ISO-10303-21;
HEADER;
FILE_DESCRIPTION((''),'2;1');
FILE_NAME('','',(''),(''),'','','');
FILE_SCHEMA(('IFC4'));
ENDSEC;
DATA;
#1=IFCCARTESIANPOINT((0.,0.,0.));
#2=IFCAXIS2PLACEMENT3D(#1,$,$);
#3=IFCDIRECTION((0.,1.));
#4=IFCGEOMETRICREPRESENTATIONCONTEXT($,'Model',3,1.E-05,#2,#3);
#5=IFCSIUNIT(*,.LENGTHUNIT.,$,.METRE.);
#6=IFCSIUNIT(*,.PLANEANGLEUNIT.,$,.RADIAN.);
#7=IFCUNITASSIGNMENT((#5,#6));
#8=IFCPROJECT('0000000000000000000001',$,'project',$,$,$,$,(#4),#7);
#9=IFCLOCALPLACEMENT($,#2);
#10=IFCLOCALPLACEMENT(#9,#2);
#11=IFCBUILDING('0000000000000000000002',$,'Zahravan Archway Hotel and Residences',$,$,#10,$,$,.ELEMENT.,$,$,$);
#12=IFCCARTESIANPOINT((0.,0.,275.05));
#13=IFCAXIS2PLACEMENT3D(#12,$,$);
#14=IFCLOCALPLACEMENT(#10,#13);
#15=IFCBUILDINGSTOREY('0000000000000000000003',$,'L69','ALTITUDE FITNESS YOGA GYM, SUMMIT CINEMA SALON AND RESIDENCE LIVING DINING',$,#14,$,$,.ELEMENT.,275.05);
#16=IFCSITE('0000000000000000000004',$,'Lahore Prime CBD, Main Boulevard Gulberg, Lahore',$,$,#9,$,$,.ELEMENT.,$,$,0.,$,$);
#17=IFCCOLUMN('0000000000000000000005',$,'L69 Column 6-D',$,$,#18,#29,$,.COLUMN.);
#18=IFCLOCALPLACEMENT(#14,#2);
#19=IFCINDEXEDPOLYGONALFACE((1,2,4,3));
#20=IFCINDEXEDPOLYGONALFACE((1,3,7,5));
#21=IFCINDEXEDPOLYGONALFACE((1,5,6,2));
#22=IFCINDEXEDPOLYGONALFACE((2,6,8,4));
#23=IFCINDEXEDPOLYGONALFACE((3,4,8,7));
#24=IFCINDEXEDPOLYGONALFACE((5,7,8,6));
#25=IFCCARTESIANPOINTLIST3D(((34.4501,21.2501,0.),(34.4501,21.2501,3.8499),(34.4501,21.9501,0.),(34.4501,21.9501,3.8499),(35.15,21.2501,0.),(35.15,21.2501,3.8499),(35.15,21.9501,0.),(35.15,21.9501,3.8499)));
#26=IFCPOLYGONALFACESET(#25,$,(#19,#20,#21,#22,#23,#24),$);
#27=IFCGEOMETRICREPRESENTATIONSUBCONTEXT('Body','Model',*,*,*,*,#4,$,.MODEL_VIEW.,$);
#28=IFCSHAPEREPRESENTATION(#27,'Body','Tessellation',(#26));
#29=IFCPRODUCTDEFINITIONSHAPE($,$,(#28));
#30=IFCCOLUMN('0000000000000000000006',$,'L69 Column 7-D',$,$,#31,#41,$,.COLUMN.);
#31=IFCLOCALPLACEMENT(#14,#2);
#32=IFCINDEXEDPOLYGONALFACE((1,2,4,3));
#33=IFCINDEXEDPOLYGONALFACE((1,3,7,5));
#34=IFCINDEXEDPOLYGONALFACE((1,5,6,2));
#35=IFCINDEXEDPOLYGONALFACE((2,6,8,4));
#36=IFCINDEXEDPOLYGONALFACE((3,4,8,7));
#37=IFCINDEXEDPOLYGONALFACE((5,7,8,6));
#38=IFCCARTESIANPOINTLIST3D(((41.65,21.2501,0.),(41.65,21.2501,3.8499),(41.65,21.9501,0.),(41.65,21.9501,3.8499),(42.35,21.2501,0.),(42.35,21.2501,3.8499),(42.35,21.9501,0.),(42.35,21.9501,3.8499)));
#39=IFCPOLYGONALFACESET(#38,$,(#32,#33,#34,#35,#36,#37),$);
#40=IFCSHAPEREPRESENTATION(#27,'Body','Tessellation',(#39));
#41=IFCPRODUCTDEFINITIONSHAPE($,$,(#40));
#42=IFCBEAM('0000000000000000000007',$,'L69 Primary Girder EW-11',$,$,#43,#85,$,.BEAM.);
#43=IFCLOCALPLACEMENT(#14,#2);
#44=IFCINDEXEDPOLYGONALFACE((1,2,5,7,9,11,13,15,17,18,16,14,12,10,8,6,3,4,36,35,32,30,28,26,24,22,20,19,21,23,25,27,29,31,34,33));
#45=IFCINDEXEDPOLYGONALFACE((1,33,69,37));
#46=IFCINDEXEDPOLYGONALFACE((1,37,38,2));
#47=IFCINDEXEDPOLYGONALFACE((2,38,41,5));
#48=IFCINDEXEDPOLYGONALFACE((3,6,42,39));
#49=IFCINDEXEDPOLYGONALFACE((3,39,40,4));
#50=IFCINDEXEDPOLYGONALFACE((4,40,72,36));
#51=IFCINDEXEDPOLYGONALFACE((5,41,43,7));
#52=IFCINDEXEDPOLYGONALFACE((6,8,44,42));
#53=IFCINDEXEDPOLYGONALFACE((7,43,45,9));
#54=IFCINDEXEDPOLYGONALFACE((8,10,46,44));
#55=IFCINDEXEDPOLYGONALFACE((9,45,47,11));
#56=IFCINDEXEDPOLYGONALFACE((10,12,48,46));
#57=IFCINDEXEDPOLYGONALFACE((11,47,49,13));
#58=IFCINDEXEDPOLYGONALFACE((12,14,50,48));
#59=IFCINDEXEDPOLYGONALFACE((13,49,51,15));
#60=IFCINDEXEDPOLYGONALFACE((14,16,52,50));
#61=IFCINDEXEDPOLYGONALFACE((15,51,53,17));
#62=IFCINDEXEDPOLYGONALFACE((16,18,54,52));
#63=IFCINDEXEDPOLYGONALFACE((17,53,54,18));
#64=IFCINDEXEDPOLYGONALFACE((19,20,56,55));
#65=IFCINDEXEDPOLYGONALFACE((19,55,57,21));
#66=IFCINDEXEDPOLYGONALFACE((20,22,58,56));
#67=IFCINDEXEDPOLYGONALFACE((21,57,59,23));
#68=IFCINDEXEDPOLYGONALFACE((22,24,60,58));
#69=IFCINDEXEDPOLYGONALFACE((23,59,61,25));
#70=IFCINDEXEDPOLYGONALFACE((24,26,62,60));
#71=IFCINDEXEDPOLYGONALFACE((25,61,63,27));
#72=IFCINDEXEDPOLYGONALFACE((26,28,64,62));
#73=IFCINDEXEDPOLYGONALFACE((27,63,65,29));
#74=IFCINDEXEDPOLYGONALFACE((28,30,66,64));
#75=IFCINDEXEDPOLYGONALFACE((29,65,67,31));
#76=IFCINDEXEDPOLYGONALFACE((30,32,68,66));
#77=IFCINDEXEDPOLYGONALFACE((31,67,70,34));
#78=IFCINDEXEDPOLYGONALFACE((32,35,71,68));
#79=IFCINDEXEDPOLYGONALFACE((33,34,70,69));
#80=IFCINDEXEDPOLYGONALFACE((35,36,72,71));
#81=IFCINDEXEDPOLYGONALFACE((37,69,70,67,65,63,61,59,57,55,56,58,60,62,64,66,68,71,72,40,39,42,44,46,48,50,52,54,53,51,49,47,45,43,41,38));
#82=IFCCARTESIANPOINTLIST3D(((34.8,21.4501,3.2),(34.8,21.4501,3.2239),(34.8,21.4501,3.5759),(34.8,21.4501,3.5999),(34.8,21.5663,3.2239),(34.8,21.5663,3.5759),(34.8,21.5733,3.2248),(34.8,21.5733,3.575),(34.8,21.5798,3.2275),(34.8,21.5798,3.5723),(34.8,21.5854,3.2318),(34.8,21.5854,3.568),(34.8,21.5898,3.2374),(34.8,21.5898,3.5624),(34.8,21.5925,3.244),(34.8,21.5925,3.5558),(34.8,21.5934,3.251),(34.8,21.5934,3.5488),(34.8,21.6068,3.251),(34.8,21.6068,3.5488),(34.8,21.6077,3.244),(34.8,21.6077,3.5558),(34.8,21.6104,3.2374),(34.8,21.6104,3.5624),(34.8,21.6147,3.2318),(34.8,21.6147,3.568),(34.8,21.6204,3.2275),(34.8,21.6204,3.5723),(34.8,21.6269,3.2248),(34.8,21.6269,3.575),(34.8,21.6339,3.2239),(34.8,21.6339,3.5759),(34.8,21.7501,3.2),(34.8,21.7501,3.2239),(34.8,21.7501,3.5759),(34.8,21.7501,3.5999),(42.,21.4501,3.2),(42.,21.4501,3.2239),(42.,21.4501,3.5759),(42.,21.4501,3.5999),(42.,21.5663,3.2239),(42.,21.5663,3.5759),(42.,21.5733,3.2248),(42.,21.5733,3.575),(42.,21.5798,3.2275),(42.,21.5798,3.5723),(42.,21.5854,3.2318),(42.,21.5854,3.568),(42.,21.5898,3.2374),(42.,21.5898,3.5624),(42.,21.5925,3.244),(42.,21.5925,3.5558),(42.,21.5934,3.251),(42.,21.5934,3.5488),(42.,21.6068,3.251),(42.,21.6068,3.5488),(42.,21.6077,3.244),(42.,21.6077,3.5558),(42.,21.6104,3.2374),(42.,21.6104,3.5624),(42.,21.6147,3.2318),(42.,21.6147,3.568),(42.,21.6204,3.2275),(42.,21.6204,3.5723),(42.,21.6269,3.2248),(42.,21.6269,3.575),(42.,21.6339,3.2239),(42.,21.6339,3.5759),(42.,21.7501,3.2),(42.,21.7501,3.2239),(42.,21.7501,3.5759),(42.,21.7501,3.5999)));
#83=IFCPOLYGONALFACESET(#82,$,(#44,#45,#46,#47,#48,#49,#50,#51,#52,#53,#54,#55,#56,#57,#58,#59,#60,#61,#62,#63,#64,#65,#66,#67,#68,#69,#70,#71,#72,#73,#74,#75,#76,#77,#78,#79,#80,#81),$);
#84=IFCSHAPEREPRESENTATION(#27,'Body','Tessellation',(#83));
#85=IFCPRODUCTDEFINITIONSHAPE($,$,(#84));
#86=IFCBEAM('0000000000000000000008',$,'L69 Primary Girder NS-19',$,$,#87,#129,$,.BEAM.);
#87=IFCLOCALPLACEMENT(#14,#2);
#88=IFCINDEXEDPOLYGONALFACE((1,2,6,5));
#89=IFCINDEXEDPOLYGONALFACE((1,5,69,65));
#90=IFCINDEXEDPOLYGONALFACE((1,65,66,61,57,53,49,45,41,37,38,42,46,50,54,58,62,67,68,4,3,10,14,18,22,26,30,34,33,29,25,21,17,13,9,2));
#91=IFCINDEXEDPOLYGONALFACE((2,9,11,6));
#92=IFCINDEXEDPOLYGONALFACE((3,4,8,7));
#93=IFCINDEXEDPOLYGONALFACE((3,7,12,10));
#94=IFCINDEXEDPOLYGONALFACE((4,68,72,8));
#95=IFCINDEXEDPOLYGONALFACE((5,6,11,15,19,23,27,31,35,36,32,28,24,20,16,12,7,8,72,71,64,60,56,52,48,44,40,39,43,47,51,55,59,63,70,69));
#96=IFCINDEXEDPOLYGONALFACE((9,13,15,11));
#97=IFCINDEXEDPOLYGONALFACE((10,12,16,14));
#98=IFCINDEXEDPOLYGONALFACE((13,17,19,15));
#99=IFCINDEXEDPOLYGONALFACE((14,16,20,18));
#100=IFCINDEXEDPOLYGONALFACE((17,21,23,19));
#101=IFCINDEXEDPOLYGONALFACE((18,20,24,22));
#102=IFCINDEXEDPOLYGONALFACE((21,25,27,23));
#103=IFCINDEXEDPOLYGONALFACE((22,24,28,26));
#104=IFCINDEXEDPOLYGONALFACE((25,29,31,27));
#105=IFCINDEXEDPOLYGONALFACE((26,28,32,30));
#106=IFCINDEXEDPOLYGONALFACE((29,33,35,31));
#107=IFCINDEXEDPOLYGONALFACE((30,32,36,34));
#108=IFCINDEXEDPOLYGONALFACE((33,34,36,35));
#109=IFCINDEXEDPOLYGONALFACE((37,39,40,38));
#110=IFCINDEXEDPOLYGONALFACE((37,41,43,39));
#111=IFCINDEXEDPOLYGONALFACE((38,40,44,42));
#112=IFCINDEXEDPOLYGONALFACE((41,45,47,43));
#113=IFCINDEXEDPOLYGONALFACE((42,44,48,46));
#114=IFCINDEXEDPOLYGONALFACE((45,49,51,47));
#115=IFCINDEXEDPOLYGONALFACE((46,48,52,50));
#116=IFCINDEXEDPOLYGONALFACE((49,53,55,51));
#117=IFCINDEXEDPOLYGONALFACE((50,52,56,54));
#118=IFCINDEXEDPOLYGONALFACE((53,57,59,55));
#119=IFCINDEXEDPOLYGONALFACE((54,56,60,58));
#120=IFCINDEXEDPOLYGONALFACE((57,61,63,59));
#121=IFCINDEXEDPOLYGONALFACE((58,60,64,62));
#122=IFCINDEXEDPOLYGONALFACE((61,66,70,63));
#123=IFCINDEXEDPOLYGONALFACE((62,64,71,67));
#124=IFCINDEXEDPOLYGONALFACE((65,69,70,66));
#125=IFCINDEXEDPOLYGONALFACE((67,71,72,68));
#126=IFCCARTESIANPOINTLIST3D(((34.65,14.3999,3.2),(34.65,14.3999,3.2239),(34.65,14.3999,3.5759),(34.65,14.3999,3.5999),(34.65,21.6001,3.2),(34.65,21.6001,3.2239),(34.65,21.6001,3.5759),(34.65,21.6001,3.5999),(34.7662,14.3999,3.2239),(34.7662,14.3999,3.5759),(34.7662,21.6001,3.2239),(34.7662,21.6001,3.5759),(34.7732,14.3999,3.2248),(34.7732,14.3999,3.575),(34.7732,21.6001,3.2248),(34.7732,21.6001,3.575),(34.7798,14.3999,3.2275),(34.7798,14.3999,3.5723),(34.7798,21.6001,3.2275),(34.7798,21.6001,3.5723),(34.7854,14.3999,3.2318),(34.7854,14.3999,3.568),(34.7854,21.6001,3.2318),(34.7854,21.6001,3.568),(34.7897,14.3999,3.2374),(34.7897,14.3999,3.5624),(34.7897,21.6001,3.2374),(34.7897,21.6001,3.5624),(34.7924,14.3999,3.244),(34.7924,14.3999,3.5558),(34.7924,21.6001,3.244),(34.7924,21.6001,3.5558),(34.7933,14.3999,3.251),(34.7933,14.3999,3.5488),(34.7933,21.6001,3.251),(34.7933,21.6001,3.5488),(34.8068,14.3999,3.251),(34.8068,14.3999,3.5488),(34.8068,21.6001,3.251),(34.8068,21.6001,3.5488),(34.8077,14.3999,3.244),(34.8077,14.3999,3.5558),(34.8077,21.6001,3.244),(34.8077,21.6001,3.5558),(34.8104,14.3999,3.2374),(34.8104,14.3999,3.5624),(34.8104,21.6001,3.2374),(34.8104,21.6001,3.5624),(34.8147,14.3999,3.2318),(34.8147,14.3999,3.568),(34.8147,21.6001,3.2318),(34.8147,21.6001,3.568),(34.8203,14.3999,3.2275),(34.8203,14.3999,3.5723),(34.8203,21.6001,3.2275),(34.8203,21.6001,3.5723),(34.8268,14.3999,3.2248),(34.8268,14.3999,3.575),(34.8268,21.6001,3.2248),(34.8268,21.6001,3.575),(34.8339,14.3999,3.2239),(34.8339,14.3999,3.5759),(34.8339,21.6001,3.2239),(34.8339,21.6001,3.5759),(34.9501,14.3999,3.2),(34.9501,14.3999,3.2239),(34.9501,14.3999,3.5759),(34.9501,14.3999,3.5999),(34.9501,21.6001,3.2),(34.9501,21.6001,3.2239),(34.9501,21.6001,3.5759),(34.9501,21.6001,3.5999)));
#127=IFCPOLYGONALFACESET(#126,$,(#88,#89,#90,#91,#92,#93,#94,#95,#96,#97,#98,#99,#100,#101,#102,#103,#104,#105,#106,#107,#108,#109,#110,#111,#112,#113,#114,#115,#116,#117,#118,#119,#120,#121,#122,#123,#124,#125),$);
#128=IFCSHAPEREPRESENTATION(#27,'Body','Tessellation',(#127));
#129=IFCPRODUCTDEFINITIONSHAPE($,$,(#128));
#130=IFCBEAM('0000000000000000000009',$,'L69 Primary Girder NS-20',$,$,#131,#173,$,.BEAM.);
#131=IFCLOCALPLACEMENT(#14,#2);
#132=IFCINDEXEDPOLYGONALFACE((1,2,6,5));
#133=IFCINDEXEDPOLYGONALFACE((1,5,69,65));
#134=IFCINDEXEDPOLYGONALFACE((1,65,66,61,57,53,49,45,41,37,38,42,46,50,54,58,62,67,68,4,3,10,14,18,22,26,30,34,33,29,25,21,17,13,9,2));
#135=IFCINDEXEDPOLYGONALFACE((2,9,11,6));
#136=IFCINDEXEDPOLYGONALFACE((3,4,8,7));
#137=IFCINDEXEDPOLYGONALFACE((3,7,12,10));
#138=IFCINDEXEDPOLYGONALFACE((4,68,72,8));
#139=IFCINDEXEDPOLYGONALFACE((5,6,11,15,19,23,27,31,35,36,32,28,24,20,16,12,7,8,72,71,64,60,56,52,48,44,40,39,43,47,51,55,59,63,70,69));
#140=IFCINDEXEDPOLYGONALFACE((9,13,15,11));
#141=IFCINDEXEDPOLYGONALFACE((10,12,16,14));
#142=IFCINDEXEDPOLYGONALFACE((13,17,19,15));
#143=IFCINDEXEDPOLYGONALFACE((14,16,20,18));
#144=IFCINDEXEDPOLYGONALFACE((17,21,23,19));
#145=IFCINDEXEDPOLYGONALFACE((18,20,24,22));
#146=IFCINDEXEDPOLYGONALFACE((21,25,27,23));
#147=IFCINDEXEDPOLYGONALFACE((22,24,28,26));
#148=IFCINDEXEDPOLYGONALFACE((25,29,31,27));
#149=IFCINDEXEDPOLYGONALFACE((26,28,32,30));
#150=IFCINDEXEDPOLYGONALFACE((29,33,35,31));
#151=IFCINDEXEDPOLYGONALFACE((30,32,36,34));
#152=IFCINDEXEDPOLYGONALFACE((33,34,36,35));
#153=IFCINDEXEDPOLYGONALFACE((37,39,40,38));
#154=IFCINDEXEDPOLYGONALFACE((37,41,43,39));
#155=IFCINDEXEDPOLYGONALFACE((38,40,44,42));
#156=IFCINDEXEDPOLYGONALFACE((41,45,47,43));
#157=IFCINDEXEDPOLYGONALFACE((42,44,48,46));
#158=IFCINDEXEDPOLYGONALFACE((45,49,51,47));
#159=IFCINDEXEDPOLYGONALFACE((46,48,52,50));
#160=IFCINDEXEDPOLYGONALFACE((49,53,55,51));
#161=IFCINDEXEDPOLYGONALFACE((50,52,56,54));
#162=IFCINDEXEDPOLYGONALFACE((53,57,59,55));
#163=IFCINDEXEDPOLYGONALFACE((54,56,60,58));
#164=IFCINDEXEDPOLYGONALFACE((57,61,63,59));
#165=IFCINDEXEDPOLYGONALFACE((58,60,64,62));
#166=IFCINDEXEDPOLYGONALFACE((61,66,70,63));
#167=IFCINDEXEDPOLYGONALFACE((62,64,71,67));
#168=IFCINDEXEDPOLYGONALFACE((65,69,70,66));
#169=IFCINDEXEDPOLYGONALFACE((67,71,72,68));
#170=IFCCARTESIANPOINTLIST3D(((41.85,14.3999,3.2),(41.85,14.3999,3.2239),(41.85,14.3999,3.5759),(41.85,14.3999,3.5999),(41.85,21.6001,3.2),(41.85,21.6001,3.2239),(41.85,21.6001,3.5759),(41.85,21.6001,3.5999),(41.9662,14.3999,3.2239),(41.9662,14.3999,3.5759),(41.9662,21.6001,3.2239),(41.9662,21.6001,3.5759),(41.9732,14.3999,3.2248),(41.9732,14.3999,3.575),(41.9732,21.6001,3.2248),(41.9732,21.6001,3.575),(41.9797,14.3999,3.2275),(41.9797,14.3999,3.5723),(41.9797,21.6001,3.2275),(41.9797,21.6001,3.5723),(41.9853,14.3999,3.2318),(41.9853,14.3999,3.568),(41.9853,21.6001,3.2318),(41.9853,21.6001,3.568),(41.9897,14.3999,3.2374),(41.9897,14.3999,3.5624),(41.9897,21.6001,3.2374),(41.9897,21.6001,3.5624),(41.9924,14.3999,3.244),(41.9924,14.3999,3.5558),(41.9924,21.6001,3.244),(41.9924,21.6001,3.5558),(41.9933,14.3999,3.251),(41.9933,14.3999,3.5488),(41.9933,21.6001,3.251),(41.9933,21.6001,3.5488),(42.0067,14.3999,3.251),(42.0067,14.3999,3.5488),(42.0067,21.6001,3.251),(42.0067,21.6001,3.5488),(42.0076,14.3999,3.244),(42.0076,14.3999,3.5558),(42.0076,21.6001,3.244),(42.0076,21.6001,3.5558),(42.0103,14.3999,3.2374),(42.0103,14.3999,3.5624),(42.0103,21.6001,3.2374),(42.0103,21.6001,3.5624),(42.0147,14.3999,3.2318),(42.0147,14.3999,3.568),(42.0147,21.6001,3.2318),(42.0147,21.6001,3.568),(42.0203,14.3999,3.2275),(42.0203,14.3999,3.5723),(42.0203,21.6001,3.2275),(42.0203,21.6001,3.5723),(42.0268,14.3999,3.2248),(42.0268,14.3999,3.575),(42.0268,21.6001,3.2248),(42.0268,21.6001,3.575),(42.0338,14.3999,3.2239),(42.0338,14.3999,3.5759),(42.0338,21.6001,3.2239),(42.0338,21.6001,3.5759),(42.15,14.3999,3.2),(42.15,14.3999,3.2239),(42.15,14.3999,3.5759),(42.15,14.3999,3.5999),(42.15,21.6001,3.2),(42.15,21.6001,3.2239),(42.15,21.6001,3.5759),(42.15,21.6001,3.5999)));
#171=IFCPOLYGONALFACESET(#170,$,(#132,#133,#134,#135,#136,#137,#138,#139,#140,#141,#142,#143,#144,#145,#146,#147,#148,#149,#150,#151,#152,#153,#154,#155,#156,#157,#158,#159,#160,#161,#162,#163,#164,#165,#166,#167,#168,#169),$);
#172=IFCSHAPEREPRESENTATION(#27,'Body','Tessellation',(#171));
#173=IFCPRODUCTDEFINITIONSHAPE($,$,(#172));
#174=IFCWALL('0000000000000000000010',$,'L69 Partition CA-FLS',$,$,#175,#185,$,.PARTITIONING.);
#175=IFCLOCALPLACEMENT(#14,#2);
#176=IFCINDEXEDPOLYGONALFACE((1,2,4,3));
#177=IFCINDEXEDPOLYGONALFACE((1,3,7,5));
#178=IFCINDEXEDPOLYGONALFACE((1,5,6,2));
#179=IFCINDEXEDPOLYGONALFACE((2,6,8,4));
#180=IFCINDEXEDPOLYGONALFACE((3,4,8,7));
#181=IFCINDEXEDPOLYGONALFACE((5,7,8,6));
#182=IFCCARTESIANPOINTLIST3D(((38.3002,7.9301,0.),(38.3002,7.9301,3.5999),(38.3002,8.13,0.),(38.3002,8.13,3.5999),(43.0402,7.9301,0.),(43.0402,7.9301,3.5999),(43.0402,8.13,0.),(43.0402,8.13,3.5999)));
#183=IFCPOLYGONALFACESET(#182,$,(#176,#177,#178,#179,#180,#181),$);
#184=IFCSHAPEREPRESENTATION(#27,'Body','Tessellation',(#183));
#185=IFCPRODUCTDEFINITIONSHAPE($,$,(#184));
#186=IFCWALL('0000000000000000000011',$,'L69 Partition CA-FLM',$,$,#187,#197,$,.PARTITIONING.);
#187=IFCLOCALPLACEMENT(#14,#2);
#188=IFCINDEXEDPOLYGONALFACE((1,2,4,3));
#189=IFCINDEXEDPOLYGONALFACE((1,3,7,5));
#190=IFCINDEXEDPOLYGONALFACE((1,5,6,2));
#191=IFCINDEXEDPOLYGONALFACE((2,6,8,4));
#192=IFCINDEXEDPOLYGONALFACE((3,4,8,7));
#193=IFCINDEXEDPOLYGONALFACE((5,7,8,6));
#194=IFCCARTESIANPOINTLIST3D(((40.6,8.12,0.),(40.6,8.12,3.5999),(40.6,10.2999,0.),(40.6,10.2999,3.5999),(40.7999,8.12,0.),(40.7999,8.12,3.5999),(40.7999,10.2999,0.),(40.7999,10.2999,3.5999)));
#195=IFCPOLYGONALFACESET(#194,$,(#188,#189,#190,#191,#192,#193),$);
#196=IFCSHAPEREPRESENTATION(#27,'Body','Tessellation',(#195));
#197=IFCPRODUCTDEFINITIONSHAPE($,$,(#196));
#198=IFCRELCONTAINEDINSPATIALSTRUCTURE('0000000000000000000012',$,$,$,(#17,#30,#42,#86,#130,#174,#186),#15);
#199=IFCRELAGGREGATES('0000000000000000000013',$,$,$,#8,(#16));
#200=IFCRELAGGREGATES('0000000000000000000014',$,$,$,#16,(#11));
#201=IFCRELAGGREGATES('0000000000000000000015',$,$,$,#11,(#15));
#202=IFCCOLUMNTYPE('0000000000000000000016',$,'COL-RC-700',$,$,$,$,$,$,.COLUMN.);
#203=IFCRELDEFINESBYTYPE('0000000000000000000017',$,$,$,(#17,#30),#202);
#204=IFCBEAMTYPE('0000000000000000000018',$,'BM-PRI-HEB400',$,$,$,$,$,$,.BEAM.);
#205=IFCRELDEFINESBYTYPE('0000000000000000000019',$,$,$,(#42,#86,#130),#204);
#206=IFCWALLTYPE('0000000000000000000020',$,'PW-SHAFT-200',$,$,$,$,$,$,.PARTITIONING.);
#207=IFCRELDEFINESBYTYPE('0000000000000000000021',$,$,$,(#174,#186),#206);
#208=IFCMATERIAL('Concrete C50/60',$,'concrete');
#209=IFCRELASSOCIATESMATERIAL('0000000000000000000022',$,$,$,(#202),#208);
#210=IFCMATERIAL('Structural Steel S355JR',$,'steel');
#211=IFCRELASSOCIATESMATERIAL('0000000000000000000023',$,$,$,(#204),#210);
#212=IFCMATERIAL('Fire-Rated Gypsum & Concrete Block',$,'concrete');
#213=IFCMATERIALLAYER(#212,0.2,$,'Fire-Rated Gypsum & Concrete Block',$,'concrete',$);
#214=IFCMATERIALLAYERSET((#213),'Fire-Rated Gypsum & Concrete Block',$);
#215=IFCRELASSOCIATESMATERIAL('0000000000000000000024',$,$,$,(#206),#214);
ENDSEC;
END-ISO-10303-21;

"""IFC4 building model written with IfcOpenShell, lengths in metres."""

from ifc_helpers import new_model, si_unit, direction, frame, frame_2d, origin, origin_2d, place, context, subcontext, project, spatial, rectangle, i_section, extrude, source, transform, mapped, material, layer, layer_set, material_profile, profile_set, type_object, type_shapes, element, save


model = new_model("IFC4")

# Units and contexts
model_context = context("Model", 3, precision=1e-05, world=origin(), true_north=direction((0.0, 1.0)))
body_context = subcontext(model_context, "Body", "Model", "MODEL_VIEW")
ifc_project = project(units=[si_unit("LENGTHUNIT", "METRE"), si_unit("PLANEANGLEUNIT", "RADIAN")], contexts=[model_context])

# Site, building, storey
site_placement = place(None, origin())
site = spatial("IfcSite", under=ifc_project, at=site_placement, Name="Lahore Prime CBD, Main Boulevard Gulberg, Lahore", CompositionType="ELEMENT", RefElevation=0.0)
building_placement = place(site_placement, origin())
building = spatial("IfcBuilding", under=site, at=building_placement, Name="Zahravan Archway Hotel and Residences", CompositionType="ELEMENT")
storey_placement = place(building_placement, frame((0.0, 0.0, 275.05)))
storey = spatial("IfcBuildingStorey", under=building, at=storey_placement, Name="L69", Description="ALTITUDE FITNESS YOGA GYM, SUMMIT CINEMA SALON AND RESIDENCE LIVING DINING", CompositionType="ELEMENT", Elevation=275.05)

# Columns
ifc_material_1 = material(Name="Concrete C50/60", Category="concrete")
ifc_material_profile_1 = material_profile(ifc_material_1, rectangle(XDim=0.7, YDim=0.7, at=origin_2d()), Name="RC-COL-700x700", Category="concrete")
ifc_profile_set_1 = profile_set([ifc_material_profile_1], Name="Concrete C50/60")
column_type = type_object("IfcColumnType", Name="COL-RC-700", PredefinedType="COLUMN", material=ifc_profile_set_1)
shared_shape_1 = source(origin(), body_context, "Body", "SweptSolid", [
    extrude(rectangle(XDim=0.7, YDim=0.7, at=origin_2d()), origin(), (0.0, 0.0, 1.0), 3.8499),
])
type_shapes(column_type, [shared_shape_1])
for number, where, z_axis, x_axis, name in (
    (1, (34.8, 21.6001, 0.0), (0.0, 0.0, 1.0), (1.0, 0.0, 0.0), "L69 Column 6-D"),
    (2, (42.0, 21.6001, 0.0), (0.0, 0.0, 1.0), (1.0, 0.0, 0.0), "L69 Column 7-D"),
):
    element("IfcColumn", number, at=place(storey_placement, frame(where, z_axis=z_axis, x_axis=x_axis)), inside=storey, type_object=column_type, Name=name, PredefinedType="COLUMN", context=body_context, shape_type="MappedRepresentation", body=[
        mapped(shared_shape_1, transform((0.0, 0.0, 0.0), scale=1.0)),
    ])

# Beams
ifc_material_2 = material(Name="Structural Steel S355JR", Category="steel")
ifc_material_profile_2 = material_profile(ifc_material_2, i_section(OverallWidth=0.3, OverallDepth=0.3999, WebThickness=0.0134, FlangeThickness=0.0239, FilletRadius=0.0271, at=origin_2d()), Name="HEB 400", Category="steel")
ifc_profile_set_2 = profile_set([ifc_material_profile_2], Name="Structural Steel S355JR")
beam_type = type_object("IfcBeamType", Name="BM-PRI-HEB400", PredefinedType="BEAM", material=ifc_profile_set_2)
shared_shape_2 = source(origin(), body_context, "Body", "SweptSolid", [
    extrude(i_section(OverallWidth=0.3, OverallDepth=0.3999, WebThickness=0.0134, FlangeThickness=0.0239, FilletRadius=0.0271, at=origin_2d()), origin(), (0.0, 0.0, 1.0), 7.2),
])
type_shapes(beam_type, [shared_shape_2])
beam_placement = place(storey_placement, frame((34.8, 21.6001, 3.3999), z_axis=(1.0, 0.0, 0.0), x_axis=(0.0, 1.0, 0.0)))
element("IfcBeam", 3, at=beam_placement, inside=storey, type_object=beam_type, Name="L69 Primary Girder EW-11", PredefinedType="BEAM", context=body_context, shape_type="MappedRepresentation", body=[
    mapped(shared_shape_2, transform((0.0, 0.0, 0.0), scale=1.0)),
])
shared_shape_3 = source(origin(), body_context, "Body", "SweptSolid", [
    extrude(i_section(OverallWidth=0.3, OverallDepth=0.3999, WebThickness=0.0134, FlangeThickness=0.0239, FilletRadius=0.0271, at=origin_2d()), origin(), (0.0, 0.0, 1.0), 7.2002),
])
for number, where, z_axis, x_axis, name in (
    (4, (34.8, 14.3999, 3.3999), (0.0, 1.0, 0.0), (-1.0, 0.0, 0.0), "L69 Primary Girder NS-19"),
    (5, (42.0, 14.3999, 3.3999), (0.0, 1.0, 0.0), (-1.0, 0.0, 0.0), "L69 Primary Girder NS-20"),
):
    element("IfcBeam", number, at=place(storey_placement, frame(where, z_axis=z_axis, x_axis=x_axis)), inside=storey, type_object=beam_type, Name=name, PredefinedType="BEAM", context=body_context, shape_type="MappedRepresentation", body=[
        mapped(shared_shape_3, transform((0.0, 0.0, 0.0), scale=1.0)),
    ])

# Shared definitions
ifc_material_3 = material(Name="Fire-Rated Gypsum & Concrete Block", Category="concrete")

# Walls
ifc_layer_1 = layer(ifc_material_3, 0.2, Name="Fire-Rated Gypsum & Concrete Block", Category="concrete")
ifc_layer_set_1 = layer_set([ifc_layer_1], Name="Fire-Rated Gypsum & Concrete Block")
wall_type_1 = type_object("IfcWallType", Name="PW-SHAFT-200", PredefinedType="PARTITIONING", material=ifc_layer_set_1)
wall_1_placement = place(storey_placement, frame((38.3, 8.03, 0.0), z_axis=(0.0, 0.0, 1.0), x_axis=(1.0, 0.0, 0.0)))
element("IfcWall", 6, at=wall_1_placement, inside=storey, type_object=wall_type_1, Name="L69 Partition CA-FLS", PredefinedType="PARTITIONING", context=body_context, shape_type="SweptSolid", body=[
    extrude(rectangle(XDim=4.74, YDim=0.2, at=frame_2d((2.3701, 0.0))), origin(), (0.0, 0.0, 1.0), 3.5999),
])
wall_2_placement = place(storey_placement, frame((40.7, 8.1201, 0.0), z_axis=(0.0, 0.0, 1.0), x_axis=(0.0, 1.0, 0.0)))
element("IfcWall", 7, at=wall_2_placement, inside=storey, type_object=wall_type_1, Name="L69 Partition CA-FLM", PredefinedType="PARTITIONING", context=body_context, shape_type="SweptSolid", body=[
    extrude(rectangle(XDim=2.1799, YDim=0.2, at=frame_2d((1.0898, 0.0))), origin(), (0.0, 0.0, 1.0), 3.5999),
])

save(model, "model.ifc")
